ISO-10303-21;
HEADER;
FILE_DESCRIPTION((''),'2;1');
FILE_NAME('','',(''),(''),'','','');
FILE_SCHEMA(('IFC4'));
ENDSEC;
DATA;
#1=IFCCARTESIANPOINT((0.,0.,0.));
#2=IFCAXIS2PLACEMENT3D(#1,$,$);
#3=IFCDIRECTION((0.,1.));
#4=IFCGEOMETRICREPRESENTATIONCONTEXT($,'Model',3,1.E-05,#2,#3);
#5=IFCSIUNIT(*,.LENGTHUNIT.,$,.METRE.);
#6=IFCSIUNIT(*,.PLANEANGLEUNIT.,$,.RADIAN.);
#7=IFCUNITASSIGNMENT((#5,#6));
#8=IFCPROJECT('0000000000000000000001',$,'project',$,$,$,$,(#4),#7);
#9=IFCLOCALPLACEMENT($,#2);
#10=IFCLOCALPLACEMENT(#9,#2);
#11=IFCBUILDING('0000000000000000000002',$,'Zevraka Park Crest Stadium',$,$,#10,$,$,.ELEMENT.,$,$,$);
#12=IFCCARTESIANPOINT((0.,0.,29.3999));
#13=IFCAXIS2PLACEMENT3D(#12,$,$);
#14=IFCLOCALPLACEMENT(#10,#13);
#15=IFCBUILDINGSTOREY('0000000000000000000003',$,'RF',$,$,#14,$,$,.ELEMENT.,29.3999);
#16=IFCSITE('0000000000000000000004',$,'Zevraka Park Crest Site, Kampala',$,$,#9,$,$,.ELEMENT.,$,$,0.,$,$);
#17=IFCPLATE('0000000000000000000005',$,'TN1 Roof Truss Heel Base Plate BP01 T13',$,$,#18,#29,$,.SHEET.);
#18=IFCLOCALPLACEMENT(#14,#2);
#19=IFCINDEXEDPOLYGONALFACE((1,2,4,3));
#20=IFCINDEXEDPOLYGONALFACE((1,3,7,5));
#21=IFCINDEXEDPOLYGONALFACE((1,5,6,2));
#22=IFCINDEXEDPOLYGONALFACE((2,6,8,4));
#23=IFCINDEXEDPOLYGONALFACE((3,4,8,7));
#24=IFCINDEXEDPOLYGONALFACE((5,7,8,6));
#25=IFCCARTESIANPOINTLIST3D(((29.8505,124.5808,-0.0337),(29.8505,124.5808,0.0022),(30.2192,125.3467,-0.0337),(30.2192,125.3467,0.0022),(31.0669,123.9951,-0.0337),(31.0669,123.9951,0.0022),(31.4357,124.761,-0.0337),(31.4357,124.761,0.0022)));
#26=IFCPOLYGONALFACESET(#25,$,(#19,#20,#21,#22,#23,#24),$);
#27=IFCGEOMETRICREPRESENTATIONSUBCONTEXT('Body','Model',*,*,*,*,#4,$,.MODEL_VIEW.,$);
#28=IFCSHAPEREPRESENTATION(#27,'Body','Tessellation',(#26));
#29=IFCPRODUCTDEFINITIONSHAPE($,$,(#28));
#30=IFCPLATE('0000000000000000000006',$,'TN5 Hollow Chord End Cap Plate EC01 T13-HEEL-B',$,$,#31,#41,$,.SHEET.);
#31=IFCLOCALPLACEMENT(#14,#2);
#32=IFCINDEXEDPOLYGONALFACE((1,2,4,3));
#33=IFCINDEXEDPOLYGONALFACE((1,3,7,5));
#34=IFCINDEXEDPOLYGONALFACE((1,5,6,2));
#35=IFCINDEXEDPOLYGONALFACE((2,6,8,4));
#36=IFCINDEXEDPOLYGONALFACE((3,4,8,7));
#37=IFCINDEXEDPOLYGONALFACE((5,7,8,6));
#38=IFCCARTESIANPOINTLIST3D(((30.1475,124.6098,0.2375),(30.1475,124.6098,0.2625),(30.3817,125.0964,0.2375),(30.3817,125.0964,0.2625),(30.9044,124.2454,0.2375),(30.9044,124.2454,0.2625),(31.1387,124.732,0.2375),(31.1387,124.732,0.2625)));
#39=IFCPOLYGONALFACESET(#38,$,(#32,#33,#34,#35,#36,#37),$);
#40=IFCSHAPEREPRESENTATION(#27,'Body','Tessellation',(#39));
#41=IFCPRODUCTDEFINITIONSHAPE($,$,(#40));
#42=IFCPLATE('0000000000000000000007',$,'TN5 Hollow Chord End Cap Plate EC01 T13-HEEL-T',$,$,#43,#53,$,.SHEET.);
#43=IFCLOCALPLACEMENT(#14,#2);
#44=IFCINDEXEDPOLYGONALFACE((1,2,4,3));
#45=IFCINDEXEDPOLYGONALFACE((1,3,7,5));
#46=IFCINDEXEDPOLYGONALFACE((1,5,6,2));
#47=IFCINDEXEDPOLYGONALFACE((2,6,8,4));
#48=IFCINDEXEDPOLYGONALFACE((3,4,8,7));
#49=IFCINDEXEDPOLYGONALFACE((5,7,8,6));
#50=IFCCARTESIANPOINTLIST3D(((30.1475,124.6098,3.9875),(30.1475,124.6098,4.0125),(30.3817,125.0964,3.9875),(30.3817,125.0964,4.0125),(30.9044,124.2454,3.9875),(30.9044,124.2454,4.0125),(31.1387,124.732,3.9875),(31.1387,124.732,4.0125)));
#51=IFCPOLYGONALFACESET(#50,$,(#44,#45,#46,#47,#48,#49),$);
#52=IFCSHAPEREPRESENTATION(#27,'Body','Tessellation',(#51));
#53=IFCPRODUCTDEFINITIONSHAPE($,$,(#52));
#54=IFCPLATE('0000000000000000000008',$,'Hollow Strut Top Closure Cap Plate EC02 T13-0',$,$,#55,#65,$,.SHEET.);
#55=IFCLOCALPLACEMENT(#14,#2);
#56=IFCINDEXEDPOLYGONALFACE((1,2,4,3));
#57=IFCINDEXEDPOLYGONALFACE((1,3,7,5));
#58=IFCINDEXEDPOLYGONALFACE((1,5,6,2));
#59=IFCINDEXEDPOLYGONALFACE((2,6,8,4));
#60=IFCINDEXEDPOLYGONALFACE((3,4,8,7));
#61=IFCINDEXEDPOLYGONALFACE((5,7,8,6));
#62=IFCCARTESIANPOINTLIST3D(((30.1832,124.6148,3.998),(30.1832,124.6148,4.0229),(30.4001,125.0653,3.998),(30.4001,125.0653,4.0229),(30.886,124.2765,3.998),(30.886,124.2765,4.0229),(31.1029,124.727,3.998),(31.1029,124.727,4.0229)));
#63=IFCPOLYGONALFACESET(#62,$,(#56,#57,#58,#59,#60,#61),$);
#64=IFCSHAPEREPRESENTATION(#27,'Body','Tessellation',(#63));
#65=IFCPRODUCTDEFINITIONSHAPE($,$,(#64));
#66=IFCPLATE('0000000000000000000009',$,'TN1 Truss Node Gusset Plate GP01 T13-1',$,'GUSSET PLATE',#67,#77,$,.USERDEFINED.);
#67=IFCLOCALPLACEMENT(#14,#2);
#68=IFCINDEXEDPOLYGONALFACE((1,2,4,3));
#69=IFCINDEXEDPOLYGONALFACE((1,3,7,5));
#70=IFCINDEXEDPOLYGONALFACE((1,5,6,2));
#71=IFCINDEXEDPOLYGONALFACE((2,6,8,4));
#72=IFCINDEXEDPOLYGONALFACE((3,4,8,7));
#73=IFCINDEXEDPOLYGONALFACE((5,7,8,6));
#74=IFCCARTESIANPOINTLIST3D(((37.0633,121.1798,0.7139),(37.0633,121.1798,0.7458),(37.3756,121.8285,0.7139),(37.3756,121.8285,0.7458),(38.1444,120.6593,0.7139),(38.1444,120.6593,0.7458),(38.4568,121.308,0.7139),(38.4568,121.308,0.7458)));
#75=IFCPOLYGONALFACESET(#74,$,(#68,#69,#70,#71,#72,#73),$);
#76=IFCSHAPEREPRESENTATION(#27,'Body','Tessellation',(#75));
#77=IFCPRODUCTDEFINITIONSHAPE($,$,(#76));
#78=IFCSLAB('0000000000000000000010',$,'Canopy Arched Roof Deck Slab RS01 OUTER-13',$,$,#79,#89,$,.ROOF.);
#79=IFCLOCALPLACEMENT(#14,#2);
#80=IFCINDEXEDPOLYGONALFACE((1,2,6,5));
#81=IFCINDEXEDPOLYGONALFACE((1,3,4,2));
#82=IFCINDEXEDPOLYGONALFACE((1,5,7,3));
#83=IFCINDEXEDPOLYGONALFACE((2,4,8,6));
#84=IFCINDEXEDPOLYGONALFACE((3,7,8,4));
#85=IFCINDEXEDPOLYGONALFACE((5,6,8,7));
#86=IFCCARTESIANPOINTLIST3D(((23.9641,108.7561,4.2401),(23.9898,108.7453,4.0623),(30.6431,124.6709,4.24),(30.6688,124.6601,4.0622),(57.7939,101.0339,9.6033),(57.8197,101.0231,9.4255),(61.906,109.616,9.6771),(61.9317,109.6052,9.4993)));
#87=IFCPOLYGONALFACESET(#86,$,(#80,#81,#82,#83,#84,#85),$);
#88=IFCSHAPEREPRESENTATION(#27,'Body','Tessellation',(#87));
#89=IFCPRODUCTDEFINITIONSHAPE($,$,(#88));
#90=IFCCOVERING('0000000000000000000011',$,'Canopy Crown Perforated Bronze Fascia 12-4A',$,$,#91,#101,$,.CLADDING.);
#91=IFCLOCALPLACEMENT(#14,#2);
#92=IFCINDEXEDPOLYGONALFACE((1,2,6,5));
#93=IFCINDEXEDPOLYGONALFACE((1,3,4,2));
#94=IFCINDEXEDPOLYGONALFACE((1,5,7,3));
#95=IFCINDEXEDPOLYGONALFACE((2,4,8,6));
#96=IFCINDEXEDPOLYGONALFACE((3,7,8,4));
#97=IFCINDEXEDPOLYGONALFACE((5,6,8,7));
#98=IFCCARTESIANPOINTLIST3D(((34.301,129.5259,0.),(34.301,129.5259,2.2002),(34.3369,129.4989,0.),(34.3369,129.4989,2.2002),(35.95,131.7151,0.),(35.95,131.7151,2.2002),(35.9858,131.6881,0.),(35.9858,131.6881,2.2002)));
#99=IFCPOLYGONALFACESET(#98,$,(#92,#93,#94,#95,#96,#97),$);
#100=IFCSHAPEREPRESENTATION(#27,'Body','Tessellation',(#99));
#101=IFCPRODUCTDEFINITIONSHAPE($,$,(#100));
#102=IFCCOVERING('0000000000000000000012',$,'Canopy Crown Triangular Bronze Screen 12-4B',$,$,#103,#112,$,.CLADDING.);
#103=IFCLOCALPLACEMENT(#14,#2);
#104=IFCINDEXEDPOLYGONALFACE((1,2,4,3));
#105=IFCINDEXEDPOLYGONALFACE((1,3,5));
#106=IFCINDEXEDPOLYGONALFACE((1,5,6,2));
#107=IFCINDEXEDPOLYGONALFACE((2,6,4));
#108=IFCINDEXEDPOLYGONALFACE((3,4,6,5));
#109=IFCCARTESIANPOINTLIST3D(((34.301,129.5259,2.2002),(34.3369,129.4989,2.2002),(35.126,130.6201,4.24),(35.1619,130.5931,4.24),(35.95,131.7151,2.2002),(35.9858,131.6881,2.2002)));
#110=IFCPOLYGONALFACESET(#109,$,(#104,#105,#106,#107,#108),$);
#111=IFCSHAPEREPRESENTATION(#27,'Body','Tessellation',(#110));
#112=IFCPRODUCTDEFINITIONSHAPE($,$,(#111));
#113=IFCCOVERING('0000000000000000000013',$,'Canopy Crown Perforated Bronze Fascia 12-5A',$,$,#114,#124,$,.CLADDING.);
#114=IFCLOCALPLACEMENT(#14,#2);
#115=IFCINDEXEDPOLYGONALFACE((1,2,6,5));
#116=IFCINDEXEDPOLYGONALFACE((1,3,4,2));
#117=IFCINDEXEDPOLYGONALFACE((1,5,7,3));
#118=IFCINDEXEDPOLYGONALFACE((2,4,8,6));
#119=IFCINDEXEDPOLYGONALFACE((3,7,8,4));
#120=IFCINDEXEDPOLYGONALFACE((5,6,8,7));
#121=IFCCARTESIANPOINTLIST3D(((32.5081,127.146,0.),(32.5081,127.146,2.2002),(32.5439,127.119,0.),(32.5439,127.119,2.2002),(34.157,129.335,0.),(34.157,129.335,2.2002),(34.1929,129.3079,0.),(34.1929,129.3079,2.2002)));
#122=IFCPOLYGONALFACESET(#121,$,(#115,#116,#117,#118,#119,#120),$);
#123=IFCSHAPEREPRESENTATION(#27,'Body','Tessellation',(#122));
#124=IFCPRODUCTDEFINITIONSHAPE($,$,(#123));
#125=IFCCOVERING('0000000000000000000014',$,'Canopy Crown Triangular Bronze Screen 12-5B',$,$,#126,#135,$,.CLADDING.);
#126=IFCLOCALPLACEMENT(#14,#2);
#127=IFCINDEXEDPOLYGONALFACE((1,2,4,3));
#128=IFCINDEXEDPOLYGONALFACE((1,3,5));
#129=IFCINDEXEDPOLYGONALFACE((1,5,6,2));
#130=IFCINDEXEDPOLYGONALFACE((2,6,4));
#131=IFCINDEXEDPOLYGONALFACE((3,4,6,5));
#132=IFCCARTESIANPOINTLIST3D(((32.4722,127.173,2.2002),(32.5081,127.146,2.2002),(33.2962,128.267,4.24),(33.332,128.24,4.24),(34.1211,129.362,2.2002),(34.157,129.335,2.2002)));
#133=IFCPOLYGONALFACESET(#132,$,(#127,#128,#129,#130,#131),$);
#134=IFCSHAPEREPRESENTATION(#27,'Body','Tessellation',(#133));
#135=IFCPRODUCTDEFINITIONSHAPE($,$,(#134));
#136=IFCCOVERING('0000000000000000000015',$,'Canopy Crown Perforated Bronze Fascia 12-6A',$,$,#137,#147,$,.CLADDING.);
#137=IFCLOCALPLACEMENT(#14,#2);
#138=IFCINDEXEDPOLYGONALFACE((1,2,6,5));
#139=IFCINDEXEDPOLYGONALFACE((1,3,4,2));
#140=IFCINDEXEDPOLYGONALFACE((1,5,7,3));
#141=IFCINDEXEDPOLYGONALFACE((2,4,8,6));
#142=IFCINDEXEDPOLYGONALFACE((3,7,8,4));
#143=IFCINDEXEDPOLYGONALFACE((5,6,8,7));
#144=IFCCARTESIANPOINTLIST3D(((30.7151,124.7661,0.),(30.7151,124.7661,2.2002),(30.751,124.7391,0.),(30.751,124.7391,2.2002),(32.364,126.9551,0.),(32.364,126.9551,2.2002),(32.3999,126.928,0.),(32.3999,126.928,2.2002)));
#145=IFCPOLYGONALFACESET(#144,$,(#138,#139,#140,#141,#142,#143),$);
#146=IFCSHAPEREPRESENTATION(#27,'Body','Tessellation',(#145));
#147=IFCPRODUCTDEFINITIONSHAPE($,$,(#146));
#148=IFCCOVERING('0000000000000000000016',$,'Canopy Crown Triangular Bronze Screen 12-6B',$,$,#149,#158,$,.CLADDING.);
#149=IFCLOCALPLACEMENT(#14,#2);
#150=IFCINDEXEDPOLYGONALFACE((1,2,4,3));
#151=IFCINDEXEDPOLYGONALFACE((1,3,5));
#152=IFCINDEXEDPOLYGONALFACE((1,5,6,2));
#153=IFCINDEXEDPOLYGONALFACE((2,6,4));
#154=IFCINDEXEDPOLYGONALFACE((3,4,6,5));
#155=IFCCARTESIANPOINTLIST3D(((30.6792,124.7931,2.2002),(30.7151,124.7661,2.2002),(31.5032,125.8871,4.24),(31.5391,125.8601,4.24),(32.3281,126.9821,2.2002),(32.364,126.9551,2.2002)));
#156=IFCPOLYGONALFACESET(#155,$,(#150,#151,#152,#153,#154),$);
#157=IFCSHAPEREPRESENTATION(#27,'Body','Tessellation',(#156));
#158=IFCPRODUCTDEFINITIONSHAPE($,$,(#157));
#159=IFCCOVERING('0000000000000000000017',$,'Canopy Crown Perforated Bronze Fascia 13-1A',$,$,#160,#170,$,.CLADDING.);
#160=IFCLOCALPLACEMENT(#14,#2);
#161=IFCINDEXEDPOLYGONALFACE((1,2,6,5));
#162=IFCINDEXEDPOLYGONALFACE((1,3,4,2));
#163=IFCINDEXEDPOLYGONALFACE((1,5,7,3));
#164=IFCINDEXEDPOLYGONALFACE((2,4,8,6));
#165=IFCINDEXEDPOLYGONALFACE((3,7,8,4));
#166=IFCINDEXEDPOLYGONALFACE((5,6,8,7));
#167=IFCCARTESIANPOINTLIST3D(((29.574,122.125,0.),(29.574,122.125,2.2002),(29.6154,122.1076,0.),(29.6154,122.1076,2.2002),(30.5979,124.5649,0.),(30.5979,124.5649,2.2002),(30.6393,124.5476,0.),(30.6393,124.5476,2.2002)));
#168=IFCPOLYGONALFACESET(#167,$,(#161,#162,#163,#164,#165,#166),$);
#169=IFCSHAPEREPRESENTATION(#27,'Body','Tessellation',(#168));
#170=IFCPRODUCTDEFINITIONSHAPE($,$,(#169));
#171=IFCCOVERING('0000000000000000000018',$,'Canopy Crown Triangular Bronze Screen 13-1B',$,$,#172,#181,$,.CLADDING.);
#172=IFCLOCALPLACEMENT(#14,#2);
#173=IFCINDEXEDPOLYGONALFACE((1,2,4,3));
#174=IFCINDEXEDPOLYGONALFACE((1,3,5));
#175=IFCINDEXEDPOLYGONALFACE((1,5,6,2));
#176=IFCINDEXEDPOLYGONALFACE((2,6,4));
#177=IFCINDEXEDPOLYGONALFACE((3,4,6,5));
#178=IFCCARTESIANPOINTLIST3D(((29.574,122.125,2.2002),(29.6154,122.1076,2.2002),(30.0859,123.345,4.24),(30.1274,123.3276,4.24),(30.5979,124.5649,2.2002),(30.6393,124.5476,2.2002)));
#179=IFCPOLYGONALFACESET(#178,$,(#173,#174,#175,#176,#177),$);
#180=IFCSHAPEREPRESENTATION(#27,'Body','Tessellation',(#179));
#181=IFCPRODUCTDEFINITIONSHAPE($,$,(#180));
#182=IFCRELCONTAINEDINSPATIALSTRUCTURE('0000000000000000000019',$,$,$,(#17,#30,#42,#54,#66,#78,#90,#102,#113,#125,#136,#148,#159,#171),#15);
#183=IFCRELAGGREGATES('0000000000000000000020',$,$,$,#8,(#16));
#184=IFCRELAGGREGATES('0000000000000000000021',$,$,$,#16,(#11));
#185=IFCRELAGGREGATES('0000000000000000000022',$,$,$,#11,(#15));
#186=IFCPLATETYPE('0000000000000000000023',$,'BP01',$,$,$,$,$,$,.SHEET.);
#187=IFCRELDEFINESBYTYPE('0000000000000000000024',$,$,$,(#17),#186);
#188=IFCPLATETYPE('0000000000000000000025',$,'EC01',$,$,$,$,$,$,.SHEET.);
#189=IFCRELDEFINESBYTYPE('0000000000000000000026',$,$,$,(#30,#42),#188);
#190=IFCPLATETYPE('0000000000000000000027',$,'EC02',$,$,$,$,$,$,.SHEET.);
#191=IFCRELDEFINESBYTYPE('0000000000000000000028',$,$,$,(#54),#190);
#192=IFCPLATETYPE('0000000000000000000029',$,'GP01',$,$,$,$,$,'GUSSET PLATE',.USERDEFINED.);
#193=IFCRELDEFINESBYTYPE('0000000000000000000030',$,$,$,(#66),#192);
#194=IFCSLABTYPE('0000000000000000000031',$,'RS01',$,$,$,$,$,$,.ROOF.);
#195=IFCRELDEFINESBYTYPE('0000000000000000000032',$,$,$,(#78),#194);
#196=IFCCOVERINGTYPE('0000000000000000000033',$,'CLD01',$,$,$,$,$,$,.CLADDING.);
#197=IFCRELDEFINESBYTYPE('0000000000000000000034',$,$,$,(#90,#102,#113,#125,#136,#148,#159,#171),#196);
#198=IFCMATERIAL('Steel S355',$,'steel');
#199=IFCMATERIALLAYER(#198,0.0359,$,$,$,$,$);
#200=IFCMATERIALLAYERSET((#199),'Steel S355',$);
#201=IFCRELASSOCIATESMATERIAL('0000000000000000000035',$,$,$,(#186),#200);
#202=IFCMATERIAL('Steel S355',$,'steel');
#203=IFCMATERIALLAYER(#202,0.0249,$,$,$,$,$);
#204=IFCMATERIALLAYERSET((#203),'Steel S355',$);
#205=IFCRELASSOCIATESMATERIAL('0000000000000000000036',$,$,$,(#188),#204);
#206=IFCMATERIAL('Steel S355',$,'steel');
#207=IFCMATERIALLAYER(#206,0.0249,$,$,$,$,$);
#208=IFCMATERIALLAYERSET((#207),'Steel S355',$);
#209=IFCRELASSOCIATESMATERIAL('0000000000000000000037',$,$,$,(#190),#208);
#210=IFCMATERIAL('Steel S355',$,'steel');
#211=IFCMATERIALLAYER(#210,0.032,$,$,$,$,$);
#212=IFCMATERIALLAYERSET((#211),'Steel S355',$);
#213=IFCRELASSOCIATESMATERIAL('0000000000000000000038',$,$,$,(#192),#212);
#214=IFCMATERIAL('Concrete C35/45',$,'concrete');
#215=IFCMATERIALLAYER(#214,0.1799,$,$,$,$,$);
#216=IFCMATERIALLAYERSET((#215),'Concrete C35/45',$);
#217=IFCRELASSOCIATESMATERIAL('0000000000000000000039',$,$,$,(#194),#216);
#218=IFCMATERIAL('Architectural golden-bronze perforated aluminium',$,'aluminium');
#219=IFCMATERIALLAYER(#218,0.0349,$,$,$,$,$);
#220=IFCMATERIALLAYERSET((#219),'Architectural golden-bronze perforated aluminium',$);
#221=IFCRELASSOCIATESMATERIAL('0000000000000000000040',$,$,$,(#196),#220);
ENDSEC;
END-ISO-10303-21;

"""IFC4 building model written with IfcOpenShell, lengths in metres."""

from ifc_helpers import new_model, si_unit, direction, frame, origin, origin_2d, place, context, subcontext, project, spatial, polyline, rectangle, outline, extrude, material, layer, layer_set, type_object, element, save


model = new_model("IFC4")

# Units and contexts
model_context = context("Model", 3, precision=1e-05, world=origin(), true_north=direction((0.0, 1.0)))
body_context = subcontext(model_context, "Body", "Model", "MODEL_VIEW")
ifc_project = project(units=[si_unit("LENGTHUNIT", "METRE"), si_unit("PLANEANGLEUNIT", "RADIAN")], contexts=[model_context])

# Site, building, storey
site_placement = place(None, origin())
site = spatial("IfcSite", under=ifc_project, at=site_placement, Name="Zevraka Park Crest Site, Kampala", CompositionType="ELEMENT", RefElevation=0.0)
building_placement = place(site_placement, origin())
building = spatial("IfcBuilding", under=site, at=building_placement, Name="Zevraka Park Crest Stadium", CompositionType="ELEMENT")
storey_placement = place(building_placement, frame((0.0, 0.0, 29.3999)))
storey = spatial("IfcBuildingStorey", under=building, at=storey_placement, Name="RF", CompositionType="ELEMENT", Elevation=29.3999)

# Plates
ifc_material_1 = material(Name="Steel S355", Category="steel")
ifc_layer_1 = layer(ifc_material_1, 0.0359)
ifc_layer_set_1 = layer_set([ifc_layer_1], Name="Steel S355")
plate_type_1 = type_object("IfcPlateType", Name="BP01", PredefinedType="SHEET", material=ifc_layer_set_1)
plate_1_placement = place(storey_placement, frame((30.6431, 124.6709, -0.0337), z_axis=(0.0, 0.0, 1.0), x_axis=(-0.901001, 0.433816, 0.0)))
element("IfcPlate", 1, at=plate_1_placement, inside=storey, type_object=plate_type_1, Name="TN1 Roof Truss Heel Base Plate BP01 T13", PredefinedType="SHEET", context=body_context, shape_type="SweptSolid", body=[
    extrude(rectangle(XDim=1.3501, YDim=0.8501, at=origin_2d()), origin(), (0.0, 0.0, 1.0), 0.0359),
])
ifc_material_2 = material(Name="Steel S355", Category="steel")
ifc_layer_2 = layer(ifc_material_2, 0.0249)
ifc_layer_set_2 = layer_set([ifc_layer_2], Name="Steel S355")
plate_type_2 = type_object("IfcPlateType", Name="EC01", PredefinedType="SHEET", material=ifc_layer_set_2)
for number, where, z_axis, x_axis, name in (
    (2, (30.6431, 124.6709, 0.2375), (0.0, 0.0, 1.0), (-0.901001, 0.433816, 0.0), "TN5 Hollow Chord End Cap Plate EC01 T13-HEEL-B"),
    (3, (30.6431, 124.6709, 3.9875), (0.0, 0.0, 1.0), (-0.901001, 0.433816, 0.0), "TN5 Hollow Chord End Cap Plate EC01 T13-HEEL-T"),
):
    element("IfcPlate", number, at=place(storey_placement, frame(where, z_axis=z_axis, x_axis=x_axis)), inside=storey, type_object=plate_type_2, Name=name, PredefinedType="SHEET", context=body_context, shape_type="SweptSolid", body=[
        extrude(rectangle(XDim=0.8401, YDim=0.54, at=origin_2d()), origin(), (0.0, 0.0, 1.0), 0.0249),
    ])
ifc_material_3 = material(Name="Steel S355", Category="steel")
ifc_layer_3 = layer(ifc_material_3, 0.0249)
ifc_layer_set_3 = layer_set([ifc_layer_3], Name="Steel S355")
plate_type_3 = type_object("IfcPlateType", Name="EC02", PredefinedType="SHEET", material=ifc_layer_set_3)
plate_2_placement = place(storey_placement, frame((30.6431, 124.6709, 3.998), z_axis=(0.0, 0.0, 1.0), x_axis=(-0.901001, 0.433816, 0.0)))
element("IfcPlate", 4, at=plate_2_placement, inside=storey, type_object=plate_type_3, Name="Hollow Strut Top Closure Cap Plate EC02 T13-0", PredefinedType="SHEET", context=body_context, shape_type="SweptSolid", body=[
    extrude(rectangle(XDim=0.78, YDim=0.5, at=origin_2d()), origin(), (0.0, 0.0, 1.0), 0.0249),
])
ifc_material_4 = material(Name="Steel S355", Category="steel")
ifc_layer_4 = layer(ifc_material_4, 0.032)
ifc_layer_set_4 = layer_set([ifc_layer_4], Name="Steel S355")
plate_type_4 = type_object("IfcPlateType", Name="GP01", ElementType="GUSSET PLATE", PredefinedType="USERDEFINED", material=ifc_layer_set_4)
plate_3_placement = place(storey_placement, frame((37.76, 121.2439, 0.7139), z_axis=(0.0, 0.0, 1.0), x_axis=(-0.901001, 0.433816, 0.0)))
element("IfcPlate", 5, at=plate_3_placement, inside=storey, type_object=plate_type_4, Name="TN1 Truss Node Gusset Plate GP01 T13-1", ObjectType="GUSSET PLATE", PredefinedType="USERDEFINED", context=body_context, shape_type="SweptSolid", body=[
    extrude(rectangle(XDim=1.2, YDim=0.72, at=origin_2d()), origin(), (0.0, 0.0, 1.0), 0.032),
])

# Slab
ifc_material_5 = material(Name="Concrete C35/45", Category="concrete")
ifc_layer_5 = layer(ifc_material_5, 0.1799)
ifc_layer_set_5 = layer_set([ifc_layer_5], Name="Concrete C35/45")
slab_type = type_object("IfcSlabType", Name="RS01", PredefinedType="ROOF", material=ifc_layer_set_5)
slab_placement = place(storey_placement, frame((30.6431, 124.6709, 4.24), z_axis=(-0.142926, 0.059986, 0.987914), x_axis=(-0.386974, -0.922091, 0.000004)))
element("IfcSlab", 6, at=slab_placement, inside=storey, type_object=slab_type, Name="Canopy Arched Roof Deck Slab RS01 OUTER-13", PredefinedType="ROOF", context=body_context, shape_type="SweptSolid", body=[
    extrude(outline(polyline([(0.0, 0.0), (17.2595, 0.0), (11.2888, 34.6007), (1.7841, 35.0771), (0.0, 0.0)])), origin(), (0.0, 0.0, -1.0), 0.1799),
])

# Coverings
ifc_material_6 = material(Name="Architectural golden-bronze perforated aluminium", Category="aluminium")
ifc_layer_6 = layer(ifc_material_6, 0.0349)
ifc_layer_set_6 = layer_set([ifc_layer_6], Name="Architectural golden-bronze perforated aluminium")
covering_type_1 = type_object("IfcCoveringType", Name="CLD01", PredefinedType="CLADDING", material=ifc_layer_set_6)
covering_1_placement = place(storey_placement, frame((35.95, 131.7151, 0.0), z_axis=(-0.798769, 0.601638, 0.0), x_axis=(-0.601638, -0.798769, 0.0)))
element("IfcCovering", 7, at=covering_1_placement, inside=storey, type_object=covering_type_1, Name="Canopy Crown Perforated Bronze Fascia 12-4A", PredefinedType="CLADDING", context=body_context, shape_type="SweptSolid", body=[
    extrude(outline(polyline([(0.0, 0.0), (2.7407, 0.0), (2.7407, 2.2002), (0.0, 2.2002), (0.0, 0.0)])), origin(), (0.0, 0.0, -1.0), 0.0449),
])
covering_2_placement = place(storey_placement, frame((35.95, 131.7151, 2.2002), z_axis=(-0.798769, 0.601638, 0.000299), x_axis=(-0.601638, -0.798769, 0.0)))
element("IfcCovering", 8, at=covering_2_placement, inside=storey, type_object=covering_type_1, Name="Canopy Crown Triangular Bronze Screen 12-4B", PredefinedType="CLADDING", context=body_context, shape_type="SweptSolid", body=[
    extrude(outline(polyline([(0.0, 0.0), (2.7407, 0.0), (1.3704, 2.0398), (0.0, 0.0)])), origin(), (0.0, 0.0, -1.0), 0.0449),
])
covering_3_placement = place(storey_placement, frame((34.157, 129.335, 0.0), z_axis=(-0.798737, 0.601681, 0.0), x_axis=(-0.601681, -0.798737, 0.0)))
element("IfcCovering", 9, at=covering_3_placement, inside=storey, type_object=covering_type_1, Name="Canopy Crown Perforated Bronze Fascia 12-5A", PredefinedType="CLADDING", context=body_context, shape_type="SweptSolid", body=[
    extrude(outline(polyline([(0.0, 0.0), (2.7405, 0.0), (2.7405, 2.2002), (0.0, 2.2002), (0.0, 0.0)])), origin(), (0.0, 0.0, -1.0), 0.0449),
])
covering_4_placement = place(storey_placement, frame((34.157, 129.335, 2.2002), z_axis=(0.798737, -0.601681, 0.000047), x_axis=(-0.601681, -0.798737, 0.0)))
element("IfcCovering", 10, at=covering_4_placement, inside=storey, type_object=covering_type_1, Name="Canopy Crown Triangular Bronze Screen 12-5B", PredefinedType="CLADDING", context=body_context, shape_type="SweptSolid", body=[
    extrude(outline(polyline([(0.0, 0.0), (2.7405, 0.0), (1.371, -2.0398), (0.0, 0.0)])), origin(), (0.0, 0.0, -1.0), 0.0449),
])
covering_5_placement = place(storey_placement, frame((32.364, 126.9551, 0.0), z_axis=(-0.798737, 0.601681, 0.0), x_axis=(-0.601681, -0.798737, 0.0)))
element("IfcCovering", 11, at=covering_5_placement, inside=storey, type_object=covering_type_1, Name="Canopy Crown Perforated Bronze Fascia 12-6A", PredefinedType="CLADDING", context=body_context, shape_type="SweptSolid", body=[
    extrude(outline(polyline([(0.0, 0.0), (2.7405, 0.0), (2.7405, 2.2002), (0.0, 2.2002), (0.0, 0.0)])), origin(), (0.0, 0.0, -1.0), 0.0449),
])
covering_6_placement = place(storey_placement, frame((32.364, 126.9551, 2.2002), z_axis=(0.798737, -0.601681, 0.000047), x_axis=(-0.601681, -0.798737, 0.0)))
element("IfcCovering", 12, at=covering_6_placement, inside=storey, type_object=covering_type_1, Name="Canopy Crown Triangular Bronze Screen 12-6B", PredefinedType="CLADDING", context=body_context, shape_type="SweptSolid", body=[
    extrude(outline(polyline([(0.0, 0.0), (2.7405, 0.0), (1.371, -2.0398), (0.0, 0.0)])), origin(), (0.0, 0.0, -1.0), 0.0449),
])
covering_7_placement = place(storey_placement, frame((30.5979, 124.5649, 0.0), z_axis=(-0.922097, 0.38696, 0.0), x_axis=(-0.38696, -0.922097, 0.0)))
element("IfcCovering", 13, at=covering_7_placement, inside=storey, type_object=covering_type_1, Name="Canopy Crown Perforated Bronze Fascia 13-1A", PredefinedType="CLADDING", context=body_context, shape_type="SweptSolid", body=[
    extrude(outline(polyline([(0.0, 0.0), (2.6461, 0.0), (2.6461, 2.2002), (0.0, 2.2002), (0.0, 0.0)])), origin(), (0.0, 0.0, -1.0), 0.0449),
])
covering_8_placement = place(storey_placement, frame((30.5979, 124.5649, 2.2002), z_axis=(-0.922097, 0.38696, 0.0), x_axis=(-0.38696, -0.922097, 0.0)))
element("IfcCovering", 14, at=covering_8_placement, inside=storey, type_object=covering_type_1, Name="Canopy Crown Triangular Bronze Screen 13-1B", PredefinedType="CLADDING", context=body_context, shape_type="SweptSolid", body=[
    extrude(outline(polyline([(0.0, 0.0), (2.6461, 0.0), (1.323, 2.0398), (0.0, 0.0)])), origin(), (0.0, 0.0, -1.0), 0.0449),
])

save(model, "model.ifc")
